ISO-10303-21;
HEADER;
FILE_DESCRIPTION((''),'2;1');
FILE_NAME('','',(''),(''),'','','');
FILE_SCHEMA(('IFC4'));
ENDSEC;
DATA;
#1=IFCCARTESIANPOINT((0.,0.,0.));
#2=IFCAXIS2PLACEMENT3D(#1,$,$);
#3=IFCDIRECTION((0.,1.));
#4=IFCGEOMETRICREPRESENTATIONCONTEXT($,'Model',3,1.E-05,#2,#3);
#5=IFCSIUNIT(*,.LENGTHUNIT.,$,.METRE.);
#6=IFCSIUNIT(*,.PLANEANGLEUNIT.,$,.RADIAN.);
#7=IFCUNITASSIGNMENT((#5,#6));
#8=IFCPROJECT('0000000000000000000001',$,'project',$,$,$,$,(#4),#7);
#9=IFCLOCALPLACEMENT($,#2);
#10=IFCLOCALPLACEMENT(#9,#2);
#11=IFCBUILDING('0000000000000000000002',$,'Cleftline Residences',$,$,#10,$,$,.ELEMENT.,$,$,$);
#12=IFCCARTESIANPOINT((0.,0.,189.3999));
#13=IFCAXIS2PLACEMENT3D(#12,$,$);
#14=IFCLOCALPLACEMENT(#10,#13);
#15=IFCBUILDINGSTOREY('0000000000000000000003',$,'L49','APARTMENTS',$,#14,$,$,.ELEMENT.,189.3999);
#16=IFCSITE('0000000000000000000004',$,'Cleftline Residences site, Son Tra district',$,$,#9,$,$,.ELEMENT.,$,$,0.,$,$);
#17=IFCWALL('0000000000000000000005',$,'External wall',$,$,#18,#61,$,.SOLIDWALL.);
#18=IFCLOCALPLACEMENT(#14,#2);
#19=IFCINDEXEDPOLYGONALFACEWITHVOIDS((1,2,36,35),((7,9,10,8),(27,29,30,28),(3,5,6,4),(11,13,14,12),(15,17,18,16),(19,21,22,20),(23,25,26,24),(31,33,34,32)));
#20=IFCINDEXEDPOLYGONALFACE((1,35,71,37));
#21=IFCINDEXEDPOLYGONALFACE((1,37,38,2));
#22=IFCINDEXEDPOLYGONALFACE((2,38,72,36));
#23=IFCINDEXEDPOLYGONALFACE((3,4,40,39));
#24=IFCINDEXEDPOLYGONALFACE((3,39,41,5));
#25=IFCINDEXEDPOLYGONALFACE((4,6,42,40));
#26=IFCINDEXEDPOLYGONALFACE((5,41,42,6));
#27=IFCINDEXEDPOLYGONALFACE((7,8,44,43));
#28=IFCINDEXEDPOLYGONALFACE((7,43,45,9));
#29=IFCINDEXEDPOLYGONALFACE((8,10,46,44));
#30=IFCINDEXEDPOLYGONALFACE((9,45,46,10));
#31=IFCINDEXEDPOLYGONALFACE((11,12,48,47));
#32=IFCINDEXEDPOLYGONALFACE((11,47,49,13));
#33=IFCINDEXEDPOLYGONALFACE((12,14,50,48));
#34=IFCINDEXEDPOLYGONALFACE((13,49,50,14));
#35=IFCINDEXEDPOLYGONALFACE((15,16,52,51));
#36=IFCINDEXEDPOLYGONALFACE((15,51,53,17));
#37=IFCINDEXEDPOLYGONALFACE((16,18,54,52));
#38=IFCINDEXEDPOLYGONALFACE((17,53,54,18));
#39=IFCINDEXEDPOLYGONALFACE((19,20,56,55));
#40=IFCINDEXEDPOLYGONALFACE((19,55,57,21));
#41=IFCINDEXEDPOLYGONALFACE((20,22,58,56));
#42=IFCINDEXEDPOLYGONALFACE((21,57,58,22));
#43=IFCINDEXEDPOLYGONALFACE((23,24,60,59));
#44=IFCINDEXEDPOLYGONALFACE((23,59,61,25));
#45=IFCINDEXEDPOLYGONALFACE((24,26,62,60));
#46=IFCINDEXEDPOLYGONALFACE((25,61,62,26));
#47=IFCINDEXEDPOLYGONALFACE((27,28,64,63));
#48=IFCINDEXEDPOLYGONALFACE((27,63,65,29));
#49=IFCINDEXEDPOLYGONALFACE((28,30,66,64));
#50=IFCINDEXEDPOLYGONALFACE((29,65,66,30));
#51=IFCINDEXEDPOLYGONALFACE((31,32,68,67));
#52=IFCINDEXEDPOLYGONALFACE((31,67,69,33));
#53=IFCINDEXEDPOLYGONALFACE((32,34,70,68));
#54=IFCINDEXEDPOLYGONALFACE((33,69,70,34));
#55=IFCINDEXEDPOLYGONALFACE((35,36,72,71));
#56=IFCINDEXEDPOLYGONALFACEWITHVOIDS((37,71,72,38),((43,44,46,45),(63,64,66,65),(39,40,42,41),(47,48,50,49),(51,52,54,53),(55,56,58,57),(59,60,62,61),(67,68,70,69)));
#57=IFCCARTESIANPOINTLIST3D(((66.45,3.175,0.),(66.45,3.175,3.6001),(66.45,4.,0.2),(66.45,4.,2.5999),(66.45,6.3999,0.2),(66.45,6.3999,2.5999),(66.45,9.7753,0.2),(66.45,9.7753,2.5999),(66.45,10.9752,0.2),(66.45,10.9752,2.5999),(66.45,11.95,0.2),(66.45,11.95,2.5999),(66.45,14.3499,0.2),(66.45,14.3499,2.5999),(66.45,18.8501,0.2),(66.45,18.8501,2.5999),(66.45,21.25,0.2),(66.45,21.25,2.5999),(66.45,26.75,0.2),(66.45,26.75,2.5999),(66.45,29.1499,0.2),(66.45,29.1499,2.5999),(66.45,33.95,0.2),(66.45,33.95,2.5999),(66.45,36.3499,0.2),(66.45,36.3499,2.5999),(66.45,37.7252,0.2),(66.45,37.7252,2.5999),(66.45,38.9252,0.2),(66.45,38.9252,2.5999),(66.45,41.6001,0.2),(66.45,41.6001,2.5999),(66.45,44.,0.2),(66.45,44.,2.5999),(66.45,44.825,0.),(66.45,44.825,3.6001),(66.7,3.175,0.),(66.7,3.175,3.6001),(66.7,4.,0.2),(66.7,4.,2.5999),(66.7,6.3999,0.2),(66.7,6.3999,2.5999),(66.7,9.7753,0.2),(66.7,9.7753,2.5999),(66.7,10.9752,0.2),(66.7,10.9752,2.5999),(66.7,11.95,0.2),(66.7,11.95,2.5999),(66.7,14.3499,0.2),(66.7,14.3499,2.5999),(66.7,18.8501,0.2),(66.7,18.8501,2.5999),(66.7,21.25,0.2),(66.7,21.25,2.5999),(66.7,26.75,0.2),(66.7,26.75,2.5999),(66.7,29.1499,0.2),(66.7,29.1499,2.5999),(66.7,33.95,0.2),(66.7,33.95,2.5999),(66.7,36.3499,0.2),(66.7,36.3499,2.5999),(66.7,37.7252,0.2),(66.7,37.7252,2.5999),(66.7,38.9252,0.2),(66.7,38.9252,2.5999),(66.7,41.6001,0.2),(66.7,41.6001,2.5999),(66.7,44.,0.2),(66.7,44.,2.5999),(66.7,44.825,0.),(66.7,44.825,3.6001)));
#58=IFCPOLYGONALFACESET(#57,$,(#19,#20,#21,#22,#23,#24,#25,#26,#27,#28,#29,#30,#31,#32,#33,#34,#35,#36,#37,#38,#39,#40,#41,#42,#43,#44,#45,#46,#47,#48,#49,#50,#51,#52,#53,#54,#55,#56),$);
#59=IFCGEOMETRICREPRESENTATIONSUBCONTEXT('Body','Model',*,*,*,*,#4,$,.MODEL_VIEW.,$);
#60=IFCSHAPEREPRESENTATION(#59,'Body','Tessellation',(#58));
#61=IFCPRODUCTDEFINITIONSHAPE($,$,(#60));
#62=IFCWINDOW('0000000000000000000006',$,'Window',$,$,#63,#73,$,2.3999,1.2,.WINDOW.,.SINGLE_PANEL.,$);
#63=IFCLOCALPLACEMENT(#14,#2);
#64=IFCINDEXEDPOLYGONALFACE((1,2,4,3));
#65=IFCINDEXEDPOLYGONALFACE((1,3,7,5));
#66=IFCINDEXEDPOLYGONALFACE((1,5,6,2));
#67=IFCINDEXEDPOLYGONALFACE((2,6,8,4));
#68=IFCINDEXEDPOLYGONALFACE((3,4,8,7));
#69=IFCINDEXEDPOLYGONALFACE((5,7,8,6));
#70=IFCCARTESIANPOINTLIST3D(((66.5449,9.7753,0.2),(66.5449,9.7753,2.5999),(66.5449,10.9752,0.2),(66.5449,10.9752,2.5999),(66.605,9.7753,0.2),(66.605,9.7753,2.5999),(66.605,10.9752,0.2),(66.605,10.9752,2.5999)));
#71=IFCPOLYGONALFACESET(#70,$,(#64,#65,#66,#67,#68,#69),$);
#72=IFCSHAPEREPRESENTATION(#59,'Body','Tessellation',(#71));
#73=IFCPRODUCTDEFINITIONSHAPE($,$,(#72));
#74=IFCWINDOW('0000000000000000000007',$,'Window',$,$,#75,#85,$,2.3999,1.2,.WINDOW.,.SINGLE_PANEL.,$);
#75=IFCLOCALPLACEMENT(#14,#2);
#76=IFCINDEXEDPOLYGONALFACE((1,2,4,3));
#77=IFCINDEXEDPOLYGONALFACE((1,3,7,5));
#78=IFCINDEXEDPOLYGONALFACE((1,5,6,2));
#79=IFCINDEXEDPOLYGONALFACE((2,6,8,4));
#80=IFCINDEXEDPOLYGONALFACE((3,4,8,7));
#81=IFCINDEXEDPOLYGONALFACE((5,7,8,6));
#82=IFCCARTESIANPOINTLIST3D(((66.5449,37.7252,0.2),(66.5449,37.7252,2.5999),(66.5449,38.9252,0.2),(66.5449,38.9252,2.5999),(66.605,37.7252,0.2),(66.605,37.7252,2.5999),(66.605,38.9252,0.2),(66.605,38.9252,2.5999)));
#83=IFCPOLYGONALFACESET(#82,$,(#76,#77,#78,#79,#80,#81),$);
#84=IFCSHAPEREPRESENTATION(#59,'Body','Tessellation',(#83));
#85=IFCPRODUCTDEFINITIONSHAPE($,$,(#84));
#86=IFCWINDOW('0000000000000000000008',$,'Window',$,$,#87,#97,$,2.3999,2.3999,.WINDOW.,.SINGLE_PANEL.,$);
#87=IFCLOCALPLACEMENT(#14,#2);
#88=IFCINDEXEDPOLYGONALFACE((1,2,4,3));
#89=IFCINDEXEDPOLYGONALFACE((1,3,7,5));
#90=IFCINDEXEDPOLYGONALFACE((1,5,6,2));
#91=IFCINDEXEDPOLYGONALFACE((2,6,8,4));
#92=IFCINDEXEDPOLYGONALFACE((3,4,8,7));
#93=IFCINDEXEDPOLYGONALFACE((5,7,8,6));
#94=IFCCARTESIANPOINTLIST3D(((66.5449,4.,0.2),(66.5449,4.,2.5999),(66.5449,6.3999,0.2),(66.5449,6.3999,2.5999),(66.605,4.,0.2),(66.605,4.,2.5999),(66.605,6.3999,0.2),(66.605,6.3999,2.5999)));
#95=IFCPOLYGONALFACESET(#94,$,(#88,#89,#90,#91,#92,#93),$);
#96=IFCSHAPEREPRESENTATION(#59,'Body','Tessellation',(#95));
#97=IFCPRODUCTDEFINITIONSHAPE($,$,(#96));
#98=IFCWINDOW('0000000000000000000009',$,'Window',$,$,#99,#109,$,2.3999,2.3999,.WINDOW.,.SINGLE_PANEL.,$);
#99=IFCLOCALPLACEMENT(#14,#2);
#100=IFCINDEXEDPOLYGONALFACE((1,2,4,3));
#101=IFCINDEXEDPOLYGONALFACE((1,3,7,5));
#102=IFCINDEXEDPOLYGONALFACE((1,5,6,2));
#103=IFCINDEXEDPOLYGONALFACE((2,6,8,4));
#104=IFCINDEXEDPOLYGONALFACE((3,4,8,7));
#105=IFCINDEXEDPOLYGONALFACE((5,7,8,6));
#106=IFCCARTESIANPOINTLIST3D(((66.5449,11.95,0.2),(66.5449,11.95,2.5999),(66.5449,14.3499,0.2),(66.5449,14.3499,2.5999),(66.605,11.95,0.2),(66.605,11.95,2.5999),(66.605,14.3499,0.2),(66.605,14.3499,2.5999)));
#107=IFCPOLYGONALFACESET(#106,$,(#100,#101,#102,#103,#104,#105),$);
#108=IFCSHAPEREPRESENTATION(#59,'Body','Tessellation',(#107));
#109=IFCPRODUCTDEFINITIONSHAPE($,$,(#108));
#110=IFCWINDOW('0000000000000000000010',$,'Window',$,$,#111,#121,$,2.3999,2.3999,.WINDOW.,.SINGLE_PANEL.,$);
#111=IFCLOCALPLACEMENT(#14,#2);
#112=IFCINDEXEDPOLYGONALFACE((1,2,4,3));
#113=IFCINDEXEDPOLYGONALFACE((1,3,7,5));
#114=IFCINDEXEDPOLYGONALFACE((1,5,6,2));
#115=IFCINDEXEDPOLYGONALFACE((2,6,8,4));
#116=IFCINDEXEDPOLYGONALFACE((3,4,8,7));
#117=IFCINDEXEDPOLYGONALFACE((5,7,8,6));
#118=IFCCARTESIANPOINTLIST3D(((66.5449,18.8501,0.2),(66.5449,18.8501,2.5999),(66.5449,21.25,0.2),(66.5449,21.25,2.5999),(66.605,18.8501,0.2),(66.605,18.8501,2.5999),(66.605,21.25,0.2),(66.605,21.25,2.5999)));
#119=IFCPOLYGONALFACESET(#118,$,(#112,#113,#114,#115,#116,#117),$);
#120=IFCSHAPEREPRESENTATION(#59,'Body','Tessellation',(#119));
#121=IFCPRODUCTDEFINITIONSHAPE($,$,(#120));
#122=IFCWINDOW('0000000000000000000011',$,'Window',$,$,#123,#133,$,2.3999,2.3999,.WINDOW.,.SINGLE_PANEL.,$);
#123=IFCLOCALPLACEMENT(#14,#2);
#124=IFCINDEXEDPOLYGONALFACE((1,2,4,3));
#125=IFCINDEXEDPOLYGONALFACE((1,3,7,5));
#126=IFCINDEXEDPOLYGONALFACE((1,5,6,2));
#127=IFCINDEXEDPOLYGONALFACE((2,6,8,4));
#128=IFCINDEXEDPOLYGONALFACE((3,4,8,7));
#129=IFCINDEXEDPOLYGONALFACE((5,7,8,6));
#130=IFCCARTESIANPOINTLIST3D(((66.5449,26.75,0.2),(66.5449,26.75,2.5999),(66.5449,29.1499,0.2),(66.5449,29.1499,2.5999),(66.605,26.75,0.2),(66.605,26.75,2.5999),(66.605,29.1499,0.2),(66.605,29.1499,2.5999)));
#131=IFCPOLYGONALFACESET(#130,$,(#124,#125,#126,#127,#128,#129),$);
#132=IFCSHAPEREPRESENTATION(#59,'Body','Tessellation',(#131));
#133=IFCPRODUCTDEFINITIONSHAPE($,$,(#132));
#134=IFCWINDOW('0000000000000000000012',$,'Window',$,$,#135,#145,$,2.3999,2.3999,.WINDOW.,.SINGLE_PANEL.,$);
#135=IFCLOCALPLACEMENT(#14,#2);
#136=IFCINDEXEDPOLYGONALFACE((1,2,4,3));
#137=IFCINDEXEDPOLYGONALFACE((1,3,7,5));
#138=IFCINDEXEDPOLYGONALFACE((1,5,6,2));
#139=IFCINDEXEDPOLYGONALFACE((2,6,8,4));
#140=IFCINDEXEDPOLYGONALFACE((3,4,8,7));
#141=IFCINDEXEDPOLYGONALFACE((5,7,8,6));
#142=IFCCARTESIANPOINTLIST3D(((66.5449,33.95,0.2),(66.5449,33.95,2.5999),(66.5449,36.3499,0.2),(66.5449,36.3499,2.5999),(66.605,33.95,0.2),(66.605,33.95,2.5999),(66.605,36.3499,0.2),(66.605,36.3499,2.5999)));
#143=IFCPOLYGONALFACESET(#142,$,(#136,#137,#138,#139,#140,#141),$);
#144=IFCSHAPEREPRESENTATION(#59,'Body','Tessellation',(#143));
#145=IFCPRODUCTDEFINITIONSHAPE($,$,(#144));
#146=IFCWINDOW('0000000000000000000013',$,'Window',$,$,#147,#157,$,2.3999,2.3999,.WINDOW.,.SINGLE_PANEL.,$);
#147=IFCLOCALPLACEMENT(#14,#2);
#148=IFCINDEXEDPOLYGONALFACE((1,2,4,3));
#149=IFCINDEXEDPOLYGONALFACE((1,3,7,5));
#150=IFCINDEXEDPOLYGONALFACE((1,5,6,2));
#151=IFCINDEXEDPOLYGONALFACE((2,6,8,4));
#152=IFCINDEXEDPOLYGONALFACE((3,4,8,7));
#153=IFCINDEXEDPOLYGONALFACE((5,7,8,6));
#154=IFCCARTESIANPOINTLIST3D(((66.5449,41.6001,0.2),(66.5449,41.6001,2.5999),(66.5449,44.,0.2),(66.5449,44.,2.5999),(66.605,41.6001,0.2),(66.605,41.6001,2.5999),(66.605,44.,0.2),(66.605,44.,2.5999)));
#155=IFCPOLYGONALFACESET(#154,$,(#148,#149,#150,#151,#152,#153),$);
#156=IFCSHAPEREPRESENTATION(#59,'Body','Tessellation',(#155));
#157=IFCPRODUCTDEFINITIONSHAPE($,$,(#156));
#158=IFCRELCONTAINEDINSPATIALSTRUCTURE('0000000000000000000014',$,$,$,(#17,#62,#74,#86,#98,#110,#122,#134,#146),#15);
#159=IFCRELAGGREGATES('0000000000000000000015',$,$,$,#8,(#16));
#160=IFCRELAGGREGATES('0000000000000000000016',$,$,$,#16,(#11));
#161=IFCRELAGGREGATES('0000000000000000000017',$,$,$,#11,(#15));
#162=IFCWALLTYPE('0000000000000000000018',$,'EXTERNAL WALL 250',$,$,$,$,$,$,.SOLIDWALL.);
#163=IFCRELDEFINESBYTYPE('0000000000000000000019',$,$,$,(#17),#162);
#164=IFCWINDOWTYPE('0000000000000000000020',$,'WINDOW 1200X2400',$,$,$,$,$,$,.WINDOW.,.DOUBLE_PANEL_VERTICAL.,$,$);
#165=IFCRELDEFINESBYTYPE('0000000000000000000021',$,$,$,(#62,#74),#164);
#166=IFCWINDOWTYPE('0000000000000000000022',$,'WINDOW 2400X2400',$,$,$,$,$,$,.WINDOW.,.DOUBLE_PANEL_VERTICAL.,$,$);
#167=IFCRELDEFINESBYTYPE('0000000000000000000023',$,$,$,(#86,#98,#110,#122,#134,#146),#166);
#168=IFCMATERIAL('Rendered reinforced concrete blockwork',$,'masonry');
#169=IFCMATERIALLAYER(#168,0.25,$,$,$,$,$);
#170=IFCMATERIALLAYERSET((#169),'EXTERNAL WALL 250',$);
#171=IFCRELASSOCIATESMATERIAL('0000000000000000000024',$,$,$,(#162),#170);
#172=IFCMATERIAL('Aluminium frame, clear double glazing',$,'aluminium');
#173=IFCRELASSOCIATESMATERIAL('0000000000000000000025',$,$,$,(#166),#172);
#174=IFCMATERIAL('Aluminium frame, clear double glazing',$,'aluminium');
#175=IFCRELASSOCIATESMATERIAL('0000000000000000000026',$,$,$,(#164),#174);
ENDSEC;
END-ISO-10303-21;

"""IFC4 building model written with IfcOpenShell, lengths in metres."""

from ifc_helpers import new_model, si_unit, direction, frame, frame_2d, origin, place, context, subcontext, project, spatial, rectangle, extrude, material, layer, layer_set, type_object, element, fill, save


model = new_model("IFC4")

# Units and contexts
model_context = context("Model", 3, precision=1e-05, world=origin(), true_north=direction((0.0, 1.0)))
body_context = subcontext(model_context, "Body", "Model", "MODEL_VIEW")
ifc_project = project(units=[si_unit("LENGTHUNIT", "METRE"), si_unit("PLANEANGLEUNIT", "RADIAN")], contexts=[model_context])

# Site, building, storey
site_placement = place(None, origin())
site = spatial("IfcSite", under=ifc_project, at=site_placement, Name="Cleftline Residences site, Son Tra district", CompositionType="ELEMENT", RefElevation=0.0)
building_placement = place(site_placement, origin())
building = spatial("IfcBuilding", under=site, at=building_placement, Name="Cleftline Residences", CompositionType="ELEMENT")
storey_placement = place(building_placement, frame((0.0, 0.0, 189.3999)))
storey = spatial("IfcBuildingStorey", under=building, at=storey_placement, Name="L49", Description="APARTMENTS", CompositionType="ELEMENT", Elevation=189.3999)

# Shared definitions
ifc_material_1 = material(Name="Rendered reinforced concrete blockwork", Category="masonry")
ifc_layer_1 = layer(ifc_material_1, 0.25)
ifc_layer_set_1 = layer_set([ifc_layer_1], Name="EXTERNAL WALL 250")
wall_type = type_object("IfcWallType", Name="EXTERNAL WALL 250", PredefinedType="SOLIDWALL", material=ifc_layer_set_1)
ifc_material_2 = material(Name="Aluminium frame, clear double glazing", Category="aluminium")
window_type_1 = type_object("IfcWindowType", Name="WINDOW 2400X2400", PartitioningType="DOUBLE_PANEL_VERTICAL", PredefinedType="WINDOW", material=ifc_material_2)

# Wall, openings, windows
wall_1_placement = place(storey_placement, frame((66.575, 3.175, 0.0), z_axis=(0.0, 0.0, 1.0), x_axis=(0.0, 1.0, 0.0)))
wall_1 = element("IfcWall", 1, at=wall_1_placement, inside=storey, type_object=wall_type, Name="External wall", PredefinedType="SOLIDWALL", context=body_context, shape_type="SweptSolid", body=[
    extrude(rectangle(XDim=41.6499, YDim=0.25, at=frame_2d((20.825, 0.0))), origin(), (0.0, 0.0, 1.0), 3.6001),
])
opening_1_placement = place(wall_1_placement, frame((0.825, 0.0, 0.2)))
opening_1 = element("IfcOpeningElement", 2, at=opening_1_placement, cuts=wall_1, PredefinedType="OPENING", context=body_context, shape_type="SweptSolid", body=[
    extrude(rectangle(XDim=2.3999, YDim=2.3999, at=frame_2d((1.2, 1.2))), frame((0.0, 0.135, 0.0), z_axis=(0.0, -1.0, 0.0), x_axis=(1.0, 0.0, 0.0)), (0.0, 0.0, 1.0), 0.27),
])
opening_2_placement = place(wall_1_placement, frame((6.6001, 0.0, 0.2)))
opening_2 = element("IfcOpeningElement", 3, at=opening_2_placement, cuts=wall_1, PredefinedType="OPENING", context=body_context, shape_type="SweptSolid", body=[
    extrude(rectangle(XDim=1.2, YDim=2.3999, at=frame_2d((0.6001, 1.2))), frame((0.0, 0.135, 0.0), z_axis=(0.0, -1.0, 0.0), x_axis=(1.0, 0.0, 0.0)), (0.0, 0.0, 1.0), 0.27),
])
opening_3_placement = place(wall_1_placement, frame((8.7749, 0.0, 0.2)))
opening_3 = element("IfcOpeningElement", 4, at=opening_3_placement, cuts=wall_1, PredefinedType="OPENING", context=body_context, shape_type="SweptSolid", body=[
    extrude(rectangle(XDim=2.3999, YDim=2.3999, at=frame_2d((1.2, 1.2))), frame((0.0, 0.135, 0.0), z_axis=(0.0, -1.0, 0.0), x_axis=(1.0, 0.0, 0.0)), (0.0, 0.0, 1.0), 0.27),
])
opening_4_placement = place(wall_1_placement, frame((15.675, 0.0, 0.2)))
opening_4 = element("IfcOpeningElement", 5, at=opening_4_placement, cuts=wall_1, PredefinedType="OPENING", context=body_context, shape_type="SweptSolid", body=[
    extrude(rectangle(XDim=2.3999, YDim=2.3999, at=frame_2d((1.2, 1.2))), frame((0.0, 0.135, 0.0), z_axis=(0.0, -1.0, 0.0), x_axis=(1.0, 0.0, 0.0)), (0.0, 0.0, 1.0), 0.27),
])
opening_5_placement = place(wall_1_placement, frame((23.575, 0.0, 0.2)))
opening_5 = element("IfcOpeningElement", 6, at=opening_5_placement, cuts=wall_1, PredefinedType="OPENING", context=body_context, shape_type="SweptSolid", body=[
    extrude(rectangle(XDim=2.3999, YDim=2.3999, at=frame_2d((1.2, 1.2))), frame((0.0, 0.135, 0.0), z_axis=(0.0, -1.0, 0.0), x_axis=(1.0, 0.0, 0.0)), (0.0, 0.0, 1.0), 0.27),
])
opening_6_placement = place(wall_1_placement, frame((30.7749, 0.0, 0.2)))
opening_6 = element("IfcOpeningElement", 7, at=opening_6_placement, cuts=wall_1, PredefinedType="OPENING", context=body_context, shape_type="SweptSolid", body=[
    extrude(rectangle(XDim=2.3999, YDim=2.3999, at=frame_2d((1.2, 1.2))), frame((0.0, 0.135, 0.0), z_axis=(0.0, -1.0, 0.0), x_axis=(1.0, 0.0, 0.0)), (0.0, 0.0, 1.0), 0.27),
])
opening_7_placement = place(wall_1_placement, frame((34.55, 0.0, 0.2)))
opening_7 = element("IfcOpeningElement", 8, at=opening_7_placement, cuts=wall_1, PredefinedType="OPENING", context=body_context, shape_type="SweptSolid", body=[
    extrude(rectangle(XDim=1.2, YDim=2.3999, at=frame_2d((0.6001, 1.2))), frame((0.0, 0.135, 0.0), z_axis=(0.0, -1.0, 0.0), x_axis=(1.0, 0.0, 0.0)), (0.0, 0.0, 1.0), 0.27),
])
opening_8_placement = place(wall_1_placement, frame((38.425, 0.0, 0.2)))
opening_8 = element("IfcOpeningElement", 9, at=opening_8_placement, cuts=wall_1, PredefinedType="OPENING", context=body_context, shape_type="SweptSolid", body=[
    extrude(rectangle(XDim=2.3999, YDim=2.3999, at=frame_2d((1.2, 1.2))), frame((0.0, 0.135, 0.0), z_axis=(0.0, -1.0, 0.0), x_axis=(1.0, 0.0, 0.0)), (0.0, 0.0, 1.0), 0.27),
])
ifc_material_3 = material(Name="Aluminium frame, clear double glazing", Category="aluminium")
window_type_2 = type_object("IfcWindowType", Name="WINDOW 1200X2400", PartitioningType="DOUBLE_PANEL_VERTICAL", PredefinedType="WINDOW", material=ifc_material_3)
window_1_placement = place(opening_2_placement, origin())
window_1 = element("IfcWindow", 10, at=window_1_placement, inside=storey, type_object=window_type_2, Name="Window", OverallHeight=2.3999, OverallWidth=1.2, PartitioningType="SINGLE_PANEL", PredefinedType="WINDOW", context=body_context, shape_type="SweptSolid", body=[
    extrude(rectangle(XDim=1.2, YDim=2.3999, at=frame_2d((0.6001, 1.2))), frame((0.0, 0.03, 0.0), z_axis=(0.0, -1.0, 0.0), x_axis=(1.0, 0.0, 0.0)), (0.0, 0.0, 1.0), 0.0601),
])
fill(opening_2, window_1)
window_2_placement = place(opening_7_placement, origin())
window_2 = element("IfcWindow", 11, at=window_2_placement, inside=storey, type_object=window_type_2, Name="Window", OverallHeight=2.3999, OverallWidth=1.2, PartitioningType="SINGLE_PANEL", PredefinedType="WINDOW", context=body_context, shape_type="SweptSolid", body=[
    extrude(rectangle(XDim=1.2, YDim=2.3999, at=frame_2d((0.6001, 1.2))), frame((0.0, 0.03, 0.0), z_axis=(0.0, -1.0, 0.0), x_axis=(1.0, 0.0, 0.0)), (0.0, 0.0, 1.0), 0.0601),
])
fill(opening_7, window_2)
window_3_placement = place(opening_1_placement, origin())
window_3 = element("IfcWindow", 12, at=window_3_placement, inside=storey, type_object=window_type_1, Name="Window", OverallHeight=2.3999, OverallWidth=2.3999, PartitioningType="SINGLE_PANEL", PredefinedType="WINDOW", context=body_context, shape_type="SweptSolid", body=[
    extrude(rectangle(XDim=2.3999, YDim=2.3999, at=frame_2d((1.2, 1.2))), frame((0.0, 0.03, 0.0), z_axis=(0.0, -1.0, 0.0), x_axis=(1.0, 0.0, 0.0)), (0.0, 0.0, 1.0), 0.0601),
])
fill(opening_1, window_3)
window_4_placement = place(opening_3_placement, origin())
window_4 = element("IfcWindow", 13, at=window_4_placement, inside=storey, type_object=window_type_1, Name="Window", OverallHeight=2.3999, OverallWidth=2.3999, PartitioningType="SINGLE_PANEL", PredefinedType="WINDOW", context=body_context, shape_type="SweptSolid", body=[
    extrude(rectangle(XDim=2.3999, YDim=2.3999, at=frame_2d((1.2, 1.2))), frame((0.0, 0.03, 0.0), z_axis=(0.0, -1.0, 0.0), x_axis=(1.0, 0.0, 0.0)), (0.0, 0.0, 1.0), 0.0601),
])
fill(opening_3, window_4)
window_5_placement = place(opening_4_placement, origin())
window_5 = element("IfcWindow", 14, at=window_5_placement, inside=storey, type_object=window_type_1, Name="Window", OverallHeight=2.3999, OverallWidth=2.3999, PartitioningType="SINGLE_PANEL", PredefinedType="WINDOW", context=body_context, shape_type="SweptSolid", body=[
    extrude(rectangle(XDim=2.3999, YDim=2.3999, at=frame_2d((1.2, 1.2))), frame((0.0, 0.03, 0.0), z_axis=(0.0, -1.0, 0.0), x_axis=(1.0, 0.0, 0.0)), (0.0, 0.0, 1.0), 0.0601),
])
fill(opening_4, window_5)
window_6_placement = place(opening_5_placement, origin())
window_6 = element("IfcWindow", 15, at=window_6_placement, inside=storey, type_object=window_type_1, Name="Window", OverallHeight=2.3999, OverallWidth=2.3999, PartitioningType="SINGLE_PANEL", PredefinedType="WINDOW", context=body_context, shape_type="SweptSolid", body=[
    extrude(rectangle(XDim=2.3999, YDim=2.3999, at=frame_2d((1.2, 1.2))), frame((0.0, 0.03, 0.0), z_axis=(0.0, -1.0, 0.0), x_axis=(1.0, 0.0, 0.0)), (0.0, 0.0, 1.0), 0.0601),
])
fill(opening_5, window_6)
window_7_placement = place(opening_6_placement, origin())
window_7 = element("IfcWindow", 16, at=window_7_placement, inside=storey, type_object=window_type_1, Name="Window", OverallHeight=2.3999, OverallWidth=2.3999, PartitioningType="SINGLE_PANEL", PredefinedType="WINDOW", context=body_context, shape_type="SweptSolid", body=[
    extrude(rectangle(XDim=2.3999, YDim=2.3999, at=frame_2d((1.2, 1.2))), frame((0.0, 0.03, 0.0), z_axis=(0.0, -1.0, 0.0), x_axis=(1.0, 0.0, 0.0)), (0.0, 0.0, 1.0), 0.0601),
])
fill(opening_6, window_7)
window_8_placement = place(opening_8_placement, origin())
window_8 = element("IfcWindow", 17, at=window_8_placement, inside=storey, type_object=window_type_1, Name="Window", OverallHeight=2.3999, OverallWidth=2.3999, PartitioningType="SINGLE_PANEL", PredefinedType="WINDOW", context=body_context, shape_type="SweptSolid", body=[
    extrude(rectangle(XDim=2.3999, YDim=2.3999, at=frame_2d((1.2, 1.2))), frame((0.0, 0.03, 0.0), z_axis=(0.0, -1.0, 0.0), x_axis=(1.0, 0.0, 0.0)), (0.0, 0.0, 1.0), 0.0601),
])
fill(opening_8, window_8)

save(model, "model.ifc")
